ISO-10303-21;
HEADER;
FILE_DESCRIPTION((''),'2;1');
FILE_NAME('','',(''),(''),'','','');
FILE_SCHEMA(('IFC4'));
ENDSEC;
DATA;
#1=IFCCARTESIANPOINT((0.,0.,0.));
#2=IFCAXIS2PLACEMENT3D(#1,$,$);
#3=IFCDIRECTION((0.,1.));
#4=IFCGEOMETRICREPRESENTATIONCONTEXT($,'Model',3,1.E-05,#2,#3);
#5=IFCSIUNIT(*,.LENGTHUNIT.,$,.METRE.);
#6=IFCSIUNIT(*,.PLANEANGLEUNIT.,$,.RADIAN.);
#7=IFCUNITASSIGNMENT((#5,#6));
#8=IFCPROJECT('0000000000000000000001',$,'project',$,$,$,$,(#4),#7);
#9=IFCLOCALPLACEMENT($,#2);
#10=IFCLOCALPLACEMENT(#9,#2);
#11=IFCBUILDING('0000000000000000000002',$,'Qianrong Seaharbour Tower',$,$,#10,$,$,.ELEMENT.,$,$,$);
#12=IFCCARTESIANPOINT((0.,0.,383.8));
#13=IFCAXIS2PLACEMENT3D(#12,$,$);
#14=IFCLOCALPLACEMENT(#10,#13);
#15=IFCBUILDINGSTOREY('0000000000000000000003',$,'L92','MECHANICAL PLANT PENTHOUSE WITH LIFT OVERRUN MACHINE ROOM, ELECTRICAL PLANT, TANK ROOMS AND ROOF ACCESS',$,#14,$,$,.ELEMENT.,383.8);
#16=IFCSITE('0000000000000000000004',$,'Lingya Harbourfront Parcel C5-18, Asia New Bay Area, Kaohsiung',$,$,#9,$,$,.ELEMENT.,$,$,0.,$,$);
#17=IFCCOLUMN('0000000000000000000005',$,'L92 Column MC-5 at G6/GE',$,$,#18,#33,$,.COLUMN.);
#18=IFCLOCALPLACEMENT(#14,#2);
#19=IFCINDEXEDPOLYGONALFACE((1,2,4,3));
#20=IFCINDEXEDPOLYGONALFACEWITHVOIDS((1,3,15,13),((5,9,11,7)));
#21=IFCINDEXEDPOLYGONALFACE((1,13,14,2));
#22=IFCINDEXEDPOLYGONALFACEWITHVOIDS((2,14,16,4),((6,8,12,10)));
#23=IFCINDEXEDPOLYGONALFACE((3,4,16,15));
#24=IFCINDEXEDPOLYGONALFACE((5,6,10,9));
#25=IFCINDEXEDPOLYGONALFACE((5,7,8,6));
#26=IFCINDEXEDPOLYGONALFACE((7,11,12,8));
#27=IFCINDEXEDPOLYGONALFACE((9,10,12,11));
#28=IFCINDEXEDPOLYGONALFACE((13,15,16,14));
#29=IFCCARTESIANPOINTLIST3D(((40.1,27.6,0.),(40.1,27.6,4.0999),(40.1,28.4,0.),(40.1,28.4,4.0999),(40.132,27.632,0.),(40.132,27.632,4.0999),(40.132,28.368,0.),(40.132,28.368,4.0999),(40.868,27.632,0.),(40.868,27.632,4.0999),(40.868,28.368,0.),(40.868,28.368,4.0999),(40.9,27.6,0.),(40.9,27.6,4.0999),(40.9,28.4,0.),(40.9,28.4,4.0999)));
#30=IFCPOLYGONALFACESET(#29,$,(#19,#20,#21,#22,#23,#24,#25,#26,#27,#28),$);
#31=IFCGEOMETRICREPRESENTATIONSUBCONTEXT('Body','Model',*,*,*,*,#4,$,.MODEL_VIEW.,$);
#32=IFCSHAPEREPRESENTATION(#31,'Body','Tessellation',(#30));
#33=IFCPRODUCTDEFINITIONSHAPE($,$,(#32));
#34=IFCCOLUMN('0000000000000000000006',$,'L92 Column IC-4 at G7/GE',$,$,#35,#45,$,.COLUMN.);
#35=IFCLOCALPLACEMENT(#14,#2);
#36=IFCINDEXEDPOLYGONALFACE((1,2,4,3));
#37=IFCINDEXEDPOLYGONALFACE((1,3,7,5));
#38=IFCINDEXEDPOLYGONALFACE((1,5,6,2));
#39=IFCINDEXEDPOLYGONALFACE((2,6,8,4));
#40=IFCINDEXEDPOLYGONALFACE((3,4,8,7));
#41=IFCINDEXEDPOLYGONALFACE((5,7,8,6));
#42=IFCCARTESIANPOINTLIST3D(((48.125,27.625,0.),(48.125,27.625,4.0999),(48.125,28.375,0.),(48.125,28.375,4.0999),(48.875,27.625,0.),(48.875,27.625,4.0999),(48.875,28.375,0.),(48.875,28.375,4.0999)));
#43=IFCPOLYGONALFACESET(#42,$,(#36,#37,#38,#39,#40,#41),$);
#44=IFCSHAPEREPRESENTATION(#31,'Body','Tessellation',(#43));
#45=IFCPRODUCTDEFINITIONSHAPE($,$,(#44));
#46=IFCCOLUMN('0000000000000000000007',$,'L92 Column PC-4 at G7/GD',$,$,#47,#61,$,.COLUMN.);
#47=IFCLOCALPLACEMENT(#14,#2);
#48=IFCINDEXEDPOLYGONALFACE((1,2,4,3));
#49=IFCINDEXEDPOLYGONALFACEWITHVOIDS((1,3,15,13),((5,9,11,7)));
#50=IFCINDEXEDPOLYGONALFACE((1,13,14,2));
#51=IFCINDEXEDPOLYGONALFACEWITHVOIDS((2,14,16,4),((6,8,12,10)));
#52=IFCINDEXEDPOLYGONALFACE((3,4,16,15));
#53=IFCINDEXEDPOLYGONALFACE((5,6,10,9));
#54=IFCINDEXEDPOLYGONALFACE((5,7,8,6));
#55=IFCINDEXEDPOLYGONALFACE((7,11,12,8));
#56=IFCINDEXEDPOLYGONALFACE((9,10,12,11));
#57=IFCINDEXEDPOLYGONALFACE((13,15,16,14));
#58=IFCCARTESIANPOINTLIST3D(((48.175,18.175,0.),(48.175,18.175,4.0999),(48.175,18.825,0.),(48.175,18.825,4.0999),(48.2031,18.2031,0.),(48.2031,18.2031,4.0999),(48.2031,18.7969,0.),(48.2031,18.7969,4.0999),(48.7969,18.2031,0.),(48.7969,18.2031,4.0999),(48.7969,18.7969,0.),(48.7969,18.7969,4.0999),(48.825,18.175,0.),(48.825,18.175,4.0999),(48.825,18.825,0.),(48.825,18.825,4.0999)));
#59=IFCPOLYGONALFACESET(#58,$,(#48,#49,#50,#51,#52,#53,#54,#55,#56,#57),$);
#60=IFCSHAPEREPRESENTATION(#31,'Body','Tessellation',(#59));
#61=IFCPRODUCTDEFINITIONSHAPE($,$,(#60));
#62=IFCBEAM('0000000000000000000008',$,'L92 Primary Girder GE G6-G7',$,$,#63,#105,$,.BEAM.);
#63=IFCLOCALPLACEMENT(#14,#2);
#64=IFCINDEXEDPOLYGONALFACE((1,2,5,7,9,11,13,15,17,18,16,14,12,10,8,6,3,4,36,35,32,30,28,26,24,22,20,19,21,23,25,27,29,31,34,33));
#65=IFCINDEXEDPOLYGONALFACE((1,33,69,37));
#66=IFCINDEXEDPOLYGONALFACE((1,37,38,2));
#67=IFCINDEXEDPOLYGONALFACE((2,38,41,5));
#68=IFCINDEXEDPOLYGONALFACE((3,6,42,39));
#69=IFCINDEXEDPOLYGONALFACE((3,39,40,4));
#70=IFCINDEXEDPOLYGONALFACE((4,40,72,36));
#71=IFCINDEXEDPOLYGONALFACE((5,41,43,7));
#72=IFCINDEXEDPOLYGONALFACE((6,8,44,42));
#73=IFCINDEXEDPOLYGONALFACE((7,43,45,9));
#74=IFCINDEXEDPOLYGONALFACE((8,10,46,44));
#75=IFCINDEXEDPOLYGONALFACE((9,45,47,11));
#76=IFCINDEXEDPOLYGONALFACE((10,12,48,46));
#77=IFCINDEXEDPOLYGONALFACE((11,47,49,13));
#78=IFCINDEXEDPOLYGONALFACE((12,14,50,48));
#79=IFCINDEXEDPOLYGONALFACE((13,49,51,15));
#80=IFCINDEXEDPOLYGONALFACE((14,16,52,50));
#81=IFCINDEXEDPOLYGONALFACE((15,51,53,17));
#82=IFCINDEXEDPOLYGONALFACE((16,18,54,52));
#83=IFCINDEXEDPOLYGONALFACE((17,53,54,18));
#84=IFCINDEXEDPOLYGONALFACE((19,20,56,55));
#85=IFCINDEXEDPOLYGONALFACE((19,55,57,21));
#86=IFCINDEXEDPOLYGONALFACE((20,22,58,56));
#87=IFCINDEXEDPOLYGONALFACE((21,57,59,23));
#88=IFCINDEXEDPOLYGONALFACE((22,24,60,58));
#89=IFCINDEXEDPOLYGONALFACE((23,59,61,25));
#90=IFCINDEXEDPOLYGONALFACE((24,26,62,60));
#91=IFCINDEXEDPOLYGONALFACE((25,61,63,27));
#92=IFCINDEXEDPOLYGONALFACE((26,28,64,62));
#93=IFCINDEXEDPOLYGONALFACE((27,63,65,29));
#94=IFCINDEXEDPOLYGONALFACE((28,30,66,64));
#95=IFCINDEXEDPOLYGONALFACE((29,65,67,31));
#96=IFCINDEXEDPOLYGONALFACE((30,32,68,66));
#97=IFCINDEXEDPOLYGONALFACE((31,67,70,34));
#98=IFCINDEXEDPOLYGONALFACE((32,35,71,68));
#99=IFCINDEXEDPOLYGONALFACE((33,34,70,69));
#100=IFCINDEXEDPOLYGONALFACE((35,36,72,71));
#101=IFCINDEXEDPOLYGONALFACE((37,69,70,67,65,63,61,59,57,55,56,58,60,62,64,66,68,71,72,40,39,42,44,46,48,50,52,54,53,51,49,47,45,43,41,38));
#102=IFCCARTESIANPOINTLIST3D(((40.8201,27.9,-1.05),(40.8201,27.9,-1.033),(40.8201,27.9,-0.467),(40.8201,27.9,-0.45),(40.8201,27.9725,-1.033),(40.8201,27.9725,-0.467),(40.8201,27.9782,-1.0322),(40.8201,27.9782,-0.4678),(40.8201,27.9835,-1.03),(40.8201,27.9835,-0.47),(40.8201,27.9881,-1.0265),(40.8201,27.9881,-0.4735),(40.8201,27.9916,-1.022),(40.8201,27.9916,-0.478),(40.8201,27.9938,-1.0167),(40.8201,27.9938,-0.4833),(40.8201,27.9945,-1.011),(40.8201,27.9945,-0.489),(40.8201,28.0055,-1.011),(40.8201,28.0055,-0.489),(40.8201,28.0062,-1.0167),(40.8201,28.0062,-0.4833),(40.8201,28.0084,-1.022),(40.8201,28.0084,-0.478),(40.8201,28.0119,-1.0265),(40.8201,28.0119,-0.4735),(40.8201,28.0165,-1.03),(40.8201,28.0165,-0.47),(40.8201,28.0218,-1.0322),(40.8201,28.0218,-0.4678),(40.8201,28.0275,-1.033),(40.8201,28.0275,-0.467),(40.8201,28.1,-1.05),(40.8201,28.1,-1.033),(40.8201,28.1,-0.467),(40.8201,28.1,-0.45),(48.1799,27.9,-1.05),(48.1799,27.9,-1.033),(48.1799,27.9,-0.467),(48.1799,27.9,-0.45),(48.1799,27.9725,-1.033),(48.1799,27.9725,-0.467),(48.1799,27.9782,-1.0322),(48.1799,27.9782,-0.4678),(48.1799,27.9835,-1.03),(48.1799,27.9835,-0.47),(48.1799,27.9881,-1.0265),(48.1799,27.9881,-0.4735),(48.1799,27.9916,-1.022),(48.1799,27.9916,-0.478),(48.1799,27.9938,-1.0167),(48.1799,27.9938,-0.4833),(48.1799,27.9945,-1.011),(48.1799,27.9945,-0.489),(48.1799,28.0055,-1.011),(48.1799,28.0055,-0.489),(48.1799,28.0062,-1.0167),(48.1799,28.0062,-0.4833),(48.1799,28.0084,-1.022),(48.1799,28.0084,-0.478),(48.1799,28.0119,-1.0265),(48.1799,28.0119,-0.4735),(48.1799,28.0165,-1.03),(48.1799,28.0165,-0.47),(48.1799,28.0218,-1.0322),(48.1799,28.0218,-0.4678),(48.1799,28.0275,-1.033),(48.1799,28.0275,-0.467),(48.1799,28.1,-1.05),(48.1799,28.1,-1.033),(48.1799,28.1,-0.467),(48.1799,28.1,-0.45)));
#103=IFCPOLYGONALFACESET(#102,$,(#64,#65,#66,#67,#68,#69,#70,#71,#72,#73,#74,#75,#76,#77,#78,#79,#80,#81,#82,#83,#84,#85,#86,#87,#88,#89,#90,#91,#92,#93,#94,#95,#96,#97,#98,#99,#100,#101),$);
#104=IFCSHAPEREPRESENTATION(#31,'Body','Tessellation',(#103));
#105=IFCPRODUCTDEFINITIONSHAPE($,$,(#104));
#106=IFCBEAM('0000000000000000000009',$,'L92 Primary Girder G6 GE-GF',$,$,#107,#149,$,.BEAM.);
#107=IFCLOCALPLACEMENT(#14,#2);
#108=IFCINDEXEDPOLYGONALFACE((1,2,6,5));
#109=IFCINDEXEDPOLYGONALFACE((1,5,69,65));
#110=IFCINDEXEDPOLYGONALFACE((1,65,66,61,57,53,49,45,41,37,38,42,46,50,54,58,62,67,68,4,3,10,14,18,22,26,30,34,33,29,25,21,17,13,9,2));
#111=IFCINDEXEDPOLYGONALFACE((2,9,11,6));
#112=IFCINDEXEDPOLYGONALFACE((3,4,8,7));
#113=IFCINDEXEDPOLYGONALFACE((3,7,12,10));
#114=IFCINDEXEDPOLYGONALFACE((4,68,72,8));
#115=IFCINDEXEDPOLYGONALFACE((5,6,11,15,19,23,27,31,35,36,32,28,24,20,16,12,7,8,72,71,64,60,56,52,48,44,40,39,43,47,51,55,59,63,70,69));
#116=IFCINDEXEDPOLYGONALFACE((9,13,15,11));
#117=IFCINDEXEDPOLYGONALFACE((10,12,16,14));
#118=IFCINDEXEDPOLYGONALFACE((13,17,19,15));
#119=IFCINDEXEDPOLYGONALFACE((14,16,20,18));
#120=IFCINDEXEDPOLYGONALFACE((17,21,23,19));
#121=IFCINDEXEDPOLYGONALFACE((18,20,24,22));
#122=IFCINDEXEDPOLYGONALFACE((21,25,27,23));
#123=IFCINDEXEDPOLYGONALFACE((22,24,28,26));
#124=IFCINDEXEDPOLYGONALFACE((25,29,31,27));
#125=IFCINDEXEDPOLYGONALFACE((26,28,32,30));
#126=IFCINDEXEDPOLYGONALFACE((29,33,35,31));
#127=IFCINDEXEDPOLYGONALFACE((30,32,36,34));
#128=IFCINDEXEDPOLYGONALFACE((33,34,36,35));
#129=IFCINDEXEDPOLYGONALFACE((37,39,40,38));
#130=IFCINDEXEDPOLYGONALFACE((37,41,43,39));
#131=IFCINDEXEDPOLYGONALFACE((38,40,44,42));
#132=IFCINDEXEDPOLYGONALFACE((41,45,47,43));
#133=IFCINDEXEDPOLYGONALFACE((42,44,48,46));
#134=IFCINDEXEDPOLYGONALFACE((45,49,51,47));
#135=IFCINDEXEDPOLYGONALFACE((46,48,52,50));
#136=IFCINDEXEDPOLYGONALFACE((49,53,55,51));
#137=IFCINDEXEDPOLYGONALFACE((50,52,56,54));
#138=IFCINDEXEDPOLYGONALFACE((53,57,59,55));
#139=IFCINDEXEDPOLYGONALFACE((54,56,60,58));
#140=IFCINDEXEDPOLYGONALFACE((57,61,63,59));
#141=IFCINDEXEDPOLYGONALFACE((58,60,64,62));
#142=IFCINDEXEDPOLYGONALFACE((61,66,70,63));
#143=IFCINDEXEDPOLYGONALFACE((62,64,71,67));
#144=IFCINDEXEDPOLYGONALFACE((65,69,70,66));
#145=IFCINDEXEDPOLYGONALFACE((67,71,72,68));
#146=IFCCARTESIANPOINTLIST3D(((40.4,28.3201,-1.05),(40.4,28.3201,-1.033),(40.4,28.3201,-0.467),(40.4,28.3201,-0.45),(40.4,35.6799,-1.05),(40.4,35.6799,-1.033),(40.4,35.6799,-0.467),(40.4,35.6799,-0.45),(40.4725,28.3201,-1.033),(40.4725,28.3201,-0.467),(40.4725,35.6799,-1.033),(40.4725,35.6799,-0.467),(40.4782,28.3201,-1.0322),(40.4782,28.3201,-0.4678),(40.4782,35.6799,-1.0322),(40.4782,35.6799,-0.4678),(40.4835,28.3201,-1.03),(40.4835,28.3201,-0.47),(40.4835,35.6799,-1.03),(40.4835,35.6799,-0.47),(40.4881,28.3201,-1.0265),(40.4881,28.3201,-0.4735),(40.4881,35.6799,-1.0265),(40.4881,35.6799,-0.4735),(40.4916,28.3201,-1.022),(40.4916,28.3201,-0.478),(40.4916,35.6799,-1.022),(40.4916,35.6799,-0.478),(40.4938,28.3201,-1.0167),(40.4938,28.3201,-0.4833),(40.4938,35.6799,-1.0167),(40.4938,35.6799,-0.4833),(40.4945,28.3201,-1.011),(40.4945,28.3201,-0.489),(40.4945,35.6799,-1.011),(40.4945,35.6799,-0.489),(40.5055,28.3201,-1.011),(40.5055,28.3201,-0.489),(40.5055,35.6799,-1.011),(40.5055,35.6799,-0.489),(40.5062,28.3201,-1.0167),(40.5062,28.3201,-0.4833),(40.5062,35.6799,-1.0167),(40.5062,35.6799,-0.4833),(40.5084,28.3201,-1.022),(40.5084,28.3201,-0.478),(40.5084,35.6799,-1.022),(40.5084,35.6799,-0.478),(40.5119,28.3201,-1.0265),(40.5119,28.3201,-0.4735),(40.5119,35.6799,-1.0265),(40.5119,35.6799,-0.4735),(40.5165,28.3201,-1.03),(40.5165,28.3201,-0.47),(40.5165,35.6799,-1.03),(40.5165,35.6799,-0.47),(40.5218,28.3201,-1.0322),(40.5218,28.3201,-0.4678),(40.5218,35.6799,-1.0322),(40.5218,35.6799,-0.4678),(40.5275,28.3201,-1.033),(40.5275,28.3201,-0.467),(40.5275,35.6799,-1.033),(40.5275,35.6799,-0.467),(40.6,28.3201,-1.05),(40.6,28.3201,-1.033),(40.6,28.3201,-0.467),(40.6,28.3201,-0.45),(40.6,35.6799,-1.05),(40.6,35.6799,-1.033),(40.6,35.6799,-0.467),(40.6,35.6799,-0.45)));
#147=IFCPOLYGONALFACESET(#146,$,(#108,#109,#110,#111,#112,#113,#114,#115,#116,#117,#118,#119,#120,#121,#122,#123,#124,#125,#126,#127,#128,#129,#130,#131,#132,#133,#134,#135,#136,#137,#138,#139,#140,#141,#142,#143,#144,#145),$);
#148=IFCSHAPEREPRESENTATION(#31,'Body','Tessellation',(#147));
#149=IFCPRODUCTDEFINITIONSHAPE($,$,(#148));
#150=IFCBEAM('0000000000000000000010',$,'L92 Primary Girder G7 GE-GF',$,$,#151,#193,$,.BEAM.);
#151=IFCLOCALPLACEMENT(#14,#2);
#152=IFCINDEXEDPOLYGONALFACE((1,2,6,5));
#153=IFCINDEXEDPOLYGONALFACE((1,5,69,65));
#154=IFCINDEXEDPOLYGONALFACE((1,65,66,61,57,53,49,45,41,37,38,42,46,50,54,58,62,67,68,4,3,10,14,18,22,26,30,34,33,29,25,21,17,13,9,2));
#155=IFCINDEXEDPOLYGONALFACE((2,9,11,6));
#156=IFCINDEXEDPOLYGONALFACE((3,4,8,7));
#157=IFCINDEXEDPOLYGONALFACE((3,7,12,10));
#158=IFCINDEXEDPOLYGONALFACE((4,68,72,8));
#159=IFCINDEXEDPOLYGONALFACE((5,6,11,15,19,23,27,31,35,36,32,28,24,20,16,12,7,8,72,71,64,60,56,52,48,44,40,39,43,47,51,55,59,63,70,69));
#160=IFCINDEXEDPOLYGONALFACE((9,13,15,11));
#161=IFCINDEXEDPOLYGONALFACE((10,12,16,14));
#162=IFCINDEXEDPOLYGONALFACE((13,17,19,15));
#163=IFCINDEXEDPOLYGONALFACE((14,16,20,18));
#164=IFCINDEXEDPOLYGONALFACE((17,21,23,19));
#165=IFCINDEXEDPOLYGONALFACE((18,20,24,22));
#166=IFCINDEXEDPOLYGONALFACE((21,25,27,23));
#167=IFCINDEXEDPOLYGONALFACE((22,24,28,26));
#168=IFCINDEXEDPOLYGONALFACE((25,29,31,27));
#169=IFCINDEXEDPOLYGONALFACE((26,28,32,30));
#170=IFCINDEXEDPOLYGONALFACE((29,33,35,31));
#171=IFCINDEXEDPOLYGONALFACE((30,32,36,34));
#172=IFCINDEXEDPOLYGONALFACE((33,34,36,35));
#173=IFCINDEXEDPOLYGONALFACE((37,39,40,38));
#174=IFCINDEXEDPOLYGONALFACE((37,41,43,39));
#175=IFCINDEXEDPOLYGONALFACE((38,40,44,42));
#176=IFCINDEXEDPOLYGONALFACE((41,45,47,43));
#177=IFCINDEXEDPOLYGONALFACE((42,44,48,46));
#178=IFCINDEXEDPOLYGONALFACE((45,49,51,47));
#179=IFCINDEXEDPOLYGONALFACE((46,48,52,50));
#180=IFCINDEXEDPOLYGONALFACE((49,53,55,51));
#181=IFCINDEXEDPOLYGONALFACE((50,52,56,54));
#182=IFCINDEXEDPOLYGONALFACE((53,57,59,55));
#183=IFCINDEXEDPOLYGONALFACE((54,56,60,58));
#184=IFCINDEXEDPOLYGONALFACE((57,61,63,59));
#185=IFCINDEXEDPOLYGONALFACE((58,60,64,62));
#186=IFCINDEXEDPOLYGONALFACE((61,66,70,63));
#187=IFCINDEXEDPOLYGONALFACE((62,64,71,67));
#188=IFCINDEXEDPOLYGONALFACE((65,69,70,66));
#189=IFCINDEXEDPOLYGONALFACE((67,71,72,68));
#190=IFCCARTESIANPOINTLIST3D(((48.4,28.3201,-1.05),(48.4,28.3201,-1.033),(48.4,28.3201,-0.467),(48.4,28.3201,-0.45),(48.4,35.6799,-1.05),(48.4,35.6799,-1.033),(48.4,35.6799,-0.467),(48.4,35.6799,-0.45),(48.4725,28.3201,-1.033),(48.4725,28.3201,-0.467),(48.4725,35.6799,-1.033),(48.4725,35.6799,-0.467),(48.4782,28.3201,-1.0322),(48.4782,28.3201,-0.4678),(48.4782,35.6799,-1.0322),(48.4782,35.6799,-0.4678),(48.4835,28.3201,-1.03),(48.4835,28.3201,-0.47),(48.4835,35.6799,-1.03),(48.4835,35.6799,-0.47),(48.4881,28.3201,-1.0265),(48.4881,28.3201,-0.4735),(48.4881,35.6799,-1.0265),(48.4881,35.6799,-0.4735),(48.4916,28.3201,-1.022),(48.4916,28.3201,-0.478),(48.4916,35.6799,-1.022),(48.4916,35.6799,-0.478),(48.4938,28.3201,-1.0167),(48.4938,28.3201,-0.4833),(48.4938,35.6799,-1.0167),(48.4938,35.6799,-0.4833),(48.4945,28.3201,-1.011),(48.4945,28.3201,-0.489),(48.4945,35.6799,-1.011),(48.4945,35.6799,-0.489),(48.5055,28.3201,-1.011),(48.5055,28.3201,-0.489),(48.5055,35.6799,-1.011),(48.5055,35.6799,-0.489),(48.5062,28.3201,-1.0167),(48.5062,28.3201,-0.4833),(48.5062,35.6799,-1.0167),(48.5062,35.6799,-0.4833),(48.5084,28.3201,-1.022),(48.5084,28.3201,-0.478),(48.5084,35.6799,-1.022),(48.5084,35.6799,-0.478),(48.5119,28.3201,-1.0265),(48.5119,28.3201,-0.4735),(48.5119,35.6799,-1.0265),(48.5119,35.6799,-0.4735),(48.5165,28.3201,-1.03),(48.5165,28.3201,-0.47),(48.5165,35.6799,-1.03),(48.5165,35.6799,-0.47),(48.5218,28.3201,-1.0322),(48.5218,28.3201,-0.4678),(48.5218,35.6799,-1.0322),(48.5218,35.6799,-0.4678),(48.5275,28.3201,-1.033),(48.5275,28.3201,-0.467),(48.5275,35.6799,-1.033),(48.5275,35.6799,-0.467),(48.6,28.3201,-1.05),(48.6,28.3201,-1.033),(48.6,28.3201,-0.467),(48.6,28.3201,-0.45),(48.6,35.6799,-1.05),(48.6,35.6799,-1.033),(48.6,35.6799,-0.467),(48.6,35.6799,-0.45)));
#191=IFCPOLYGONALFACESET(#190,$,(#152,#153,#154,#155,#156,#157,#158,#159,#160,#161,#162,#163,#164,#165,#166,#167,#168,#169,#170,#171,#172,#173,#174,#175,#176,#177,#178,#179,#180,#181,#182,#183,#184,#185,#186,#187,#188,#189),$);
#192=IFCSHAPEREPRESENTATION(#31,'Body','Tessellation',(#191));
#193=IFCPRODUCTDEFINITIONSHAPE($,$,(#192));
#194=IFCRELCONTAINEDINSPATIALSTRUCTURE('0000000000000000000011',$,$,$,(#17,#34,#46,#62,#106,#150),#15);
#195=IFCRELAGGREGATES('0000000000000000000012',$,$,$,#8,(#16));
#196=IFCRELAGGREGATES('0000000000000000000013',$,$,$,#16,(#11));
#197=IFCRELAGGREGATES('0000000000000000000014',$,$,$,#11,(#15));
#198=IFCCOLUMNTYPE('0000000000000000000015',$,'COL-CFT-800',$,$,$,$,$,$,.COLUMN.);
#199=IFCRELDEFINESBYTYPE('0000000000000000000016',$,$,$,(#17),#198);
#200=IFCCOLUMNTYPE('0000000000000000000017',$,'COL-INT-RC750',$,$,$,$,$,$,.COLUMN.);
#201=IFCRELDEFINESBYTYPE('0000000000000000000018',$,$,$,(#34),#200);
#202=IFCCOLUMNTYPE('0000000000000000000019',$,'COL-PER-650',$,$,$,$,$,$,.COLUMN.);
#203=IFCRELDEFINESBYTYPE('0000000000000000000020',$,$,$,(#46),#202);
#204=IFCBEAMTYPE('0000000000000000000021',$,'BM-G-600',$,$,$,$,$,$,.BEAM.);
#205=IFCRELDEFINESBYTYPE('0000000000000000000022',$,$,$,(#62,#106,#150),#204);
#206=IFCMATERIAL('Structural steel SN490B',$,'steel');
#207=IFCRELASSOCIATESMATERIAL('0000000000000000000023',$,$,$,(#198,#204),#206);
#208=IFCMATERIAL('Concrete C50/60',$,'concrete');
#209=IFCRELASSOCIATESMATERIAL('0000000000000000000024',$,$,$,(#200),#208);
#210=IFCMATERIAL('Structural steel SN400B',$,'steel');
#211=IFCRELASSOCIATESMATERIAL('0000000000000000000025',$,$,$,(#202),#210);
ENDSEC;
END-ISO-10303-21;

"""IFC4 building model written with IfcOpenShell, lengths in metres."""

from ifc_helpers import new_model, si_unit, direction, frame, origin, origin_2d, place, context, subcontext, project, spatial, rectangle, hollow_rectangle, i_section, extrude, material, material_profile, profile_set, type_object, element, save


model = new_model("IFC4")

# Units and contexts
model_context = context("Model", 3, precision=1e-05, world=origin(), true_north=direction((0.0, 1.0)))
body_context = subcontext(model_context, "Body", "Model", "MODEL_VIEW")
ifc_project = project(units=[si_unit("LENGTHUNIT", "METRE"), si_unit("PLANEANGLEUNIT", "RADIAN")], contexts=[model_context])

# Site, building, storey
site_placement = place(None, origin())
site = spatial("IfcSite", under=ifc_project, at=site_placement, Name="Lingya Harbourfront Parcel C5-18, Asia New Bay Area, Kaohsiung", CompositionType="ELEMENT", RefElevation=0.0)
building_placement = place(site_placement, origin())
building = spatial("IfcBuilding", under=site, at=building_placement, Name="Qianrong Seaharbour Tower", CompositionType="ELEMENT")
storey_placement = place(building_placement, frame((0.0, 0.0, 383.8)))
storey = spatial("IfcBuildingStorey", under=building, at=storey_placement, Name="L92", Description="MECHANICAL PLANT PENTHOUSE WITH LIFT OVERRUN MACHINE ROOM, ELECTRICAL PLANT, TANK ROOMS AND ROOF ACCESS", CompositionType="ELEMENT", Elevation=383.8)

# Columns
ifc_material_1 = material(Name="Structural steel SN490B", Category="steel")
ifc_material_profile_1 = material_profile(ifc_material_1, hollow_rectangle(XDim=0.8, YDim=0.8, WallThickness=0.032, at=origin_2d()), Name="BOX800x800x32")
ifc_profile_set_1 = profile_set([ifc_material_profile_1], Name="Structural steel SN490B")
column_type_1 = type_object("IfcColumnType", Name="COL-CFT-800", PredefinedType="COLUMN", material=ifc_profile_set_1)
column_1_placement = place(storey_placement, frame((40.5, 28.0, 0.0), z_axis=(0.0, 0.0, 1.0), x_axis=(1.0, 0.0, 0.0)))
element("IfcColumn", 1, at=column_1_placement, inside=storey, type_object=column_type_1, Name="L92 Column MC-5 at G6/GE", PredefinedType="COLUMN", context=body_context, shape_type="SweptSolid", body=[
    extrude(hollow_rectangle(XDim=0.8, YDim=0.8, WallThickness=0.032, at=origin_2d()), origin(), (0.0, 0.0, 1.0), 4.0999),
])
ifc_material_2 = material(Name="Concrete C50/60", Category="concrete")
ifc_material_profile_2 = material_profile(ifc_material_2, rectangle(XDim=0.75, YDim=0.75, at=origin_2d()), Name="RC750x750")
ifc_profile_set_2 = profile_set([ifc_material_profile_2], Name="Concrete C50/60")
column_type_2 = type_object("IfcColumnType", Name="COL-INT-RC750", PredefinedType="COLUMN", material=ifc_profile_set_2)
column_2_placement = place(storey_placement, frame((48.5, 28.0, 0.0), z_axis=(0.0, 0.0, 1.0), x_axis=(1.0, 0.0, 0.0)))
element("IfcColumn", 2, at=column_2_placement, inside=storey, type_object=column_type_2, Name="L92 Column IC-4 at G7/GE", PredefinedType="COLUMN", context=body_context, shape_type="SweptSolid", body=[
    extrude(rectangle(XDim=0.75, YDim=0.75, at=origin_2d()), origin(), (0.0, 0.0, 1.0), 4.0999),
])
ifc_material_3 = material(Name="Structural steel SN400B", Category="steel")
ifc_material_profile_3 = material_profile(ifc_material_3, hollow_rectangle(XDim=0.6499, YDim=0.6499, WallThickness=0.0281, at=origin_2d()), Name="BOX650x650x28")
ifc_profile_set_3 = profile_set([ifc_material_profile_3], Name="Structural steel SN400B")
column_type_3 = type_object("IfcColumnType", Name="COL-PER-650", PredefinedType="COLUMN", material=ifc_profile_set_3)
column_3_placement = place(storey_placement, frame((48.5, 18.5, 0.0), z_axis=(0.0, 0.0, 1.0), x_axis=(1.0, 0.0, 0.0)))
element("IfcColumn", 3, at=column_3_placement, inside=storey, type_object=column_type_3, Name="L92 Column PC-4 at G7/GD", PredefinedType="COLUMN", context=body_context, shape_type="SweptSolid", body=[
    extrude(hollow_rectangle(XDim=0.6499, YDim=0.6499, WallThickness=0.0281, at=origin_2d()), origin(), (0.0, 0.0, 1.0), 4.0999),
])

# Beams
ifc_material_profile_4 = material_profile(ifc_material_1, i_section(OverallWidth=0.2, OverallDepth=0.6001, WebThickness=0.011, FlangeThickness=0.0171, FilletRadius=0.022, at=origin_2d()), Name="H600x200x11x17")
ifc_profile_set_4 = profile_set([ifc_material_profile_4], Name="Structural steel SN490B")
beam_type_1 = type_object("IfcBeamType", Name="BM-G-600", PredefinedType="BEAM", material=ifc_profile_set_4)
for number, where, z_axis, x_axis, name in (
    (4, (40.8201, 28.0, -0.75), (1.0, 0.0, 0.0), (0.0, 1.0, 0.0), "L92 Primary Girder GE G6-G7"),
    (5, (40.5, 28.3201, -0.75), (0.0, 1.0, 0.0), (-1.0, 0.0, 0.0), "L92 Primary Girder G6 GE-GF"),
    (6, (48.5, 28.3201, -0.75), (0.0, 1.0, 0.0), (-1.0, 0.0, 0.0), "L92 Primary Girder G7 GE-GF"),
):
    element("IfcBeam", number, at=place(storey_placement, frame(where, z_axis=z_axis, x_axis=x_axis)), inside=storey, type_object=beam_type_1, Name=name, PredefinedType="BEAM", context=body_context, shape_type="SweptSolid", body=[
        extrude(i_section(OverallWidth=0.2, OverallDepth=0.6001, WebThickness=0.011, FlangeThickness=0.0171, FilletRadius=0.022, at=origin_2d()), origin(), (0.0, 0.0, 1.0), 7.3599),
    ])

save(model, "model.ifc")
